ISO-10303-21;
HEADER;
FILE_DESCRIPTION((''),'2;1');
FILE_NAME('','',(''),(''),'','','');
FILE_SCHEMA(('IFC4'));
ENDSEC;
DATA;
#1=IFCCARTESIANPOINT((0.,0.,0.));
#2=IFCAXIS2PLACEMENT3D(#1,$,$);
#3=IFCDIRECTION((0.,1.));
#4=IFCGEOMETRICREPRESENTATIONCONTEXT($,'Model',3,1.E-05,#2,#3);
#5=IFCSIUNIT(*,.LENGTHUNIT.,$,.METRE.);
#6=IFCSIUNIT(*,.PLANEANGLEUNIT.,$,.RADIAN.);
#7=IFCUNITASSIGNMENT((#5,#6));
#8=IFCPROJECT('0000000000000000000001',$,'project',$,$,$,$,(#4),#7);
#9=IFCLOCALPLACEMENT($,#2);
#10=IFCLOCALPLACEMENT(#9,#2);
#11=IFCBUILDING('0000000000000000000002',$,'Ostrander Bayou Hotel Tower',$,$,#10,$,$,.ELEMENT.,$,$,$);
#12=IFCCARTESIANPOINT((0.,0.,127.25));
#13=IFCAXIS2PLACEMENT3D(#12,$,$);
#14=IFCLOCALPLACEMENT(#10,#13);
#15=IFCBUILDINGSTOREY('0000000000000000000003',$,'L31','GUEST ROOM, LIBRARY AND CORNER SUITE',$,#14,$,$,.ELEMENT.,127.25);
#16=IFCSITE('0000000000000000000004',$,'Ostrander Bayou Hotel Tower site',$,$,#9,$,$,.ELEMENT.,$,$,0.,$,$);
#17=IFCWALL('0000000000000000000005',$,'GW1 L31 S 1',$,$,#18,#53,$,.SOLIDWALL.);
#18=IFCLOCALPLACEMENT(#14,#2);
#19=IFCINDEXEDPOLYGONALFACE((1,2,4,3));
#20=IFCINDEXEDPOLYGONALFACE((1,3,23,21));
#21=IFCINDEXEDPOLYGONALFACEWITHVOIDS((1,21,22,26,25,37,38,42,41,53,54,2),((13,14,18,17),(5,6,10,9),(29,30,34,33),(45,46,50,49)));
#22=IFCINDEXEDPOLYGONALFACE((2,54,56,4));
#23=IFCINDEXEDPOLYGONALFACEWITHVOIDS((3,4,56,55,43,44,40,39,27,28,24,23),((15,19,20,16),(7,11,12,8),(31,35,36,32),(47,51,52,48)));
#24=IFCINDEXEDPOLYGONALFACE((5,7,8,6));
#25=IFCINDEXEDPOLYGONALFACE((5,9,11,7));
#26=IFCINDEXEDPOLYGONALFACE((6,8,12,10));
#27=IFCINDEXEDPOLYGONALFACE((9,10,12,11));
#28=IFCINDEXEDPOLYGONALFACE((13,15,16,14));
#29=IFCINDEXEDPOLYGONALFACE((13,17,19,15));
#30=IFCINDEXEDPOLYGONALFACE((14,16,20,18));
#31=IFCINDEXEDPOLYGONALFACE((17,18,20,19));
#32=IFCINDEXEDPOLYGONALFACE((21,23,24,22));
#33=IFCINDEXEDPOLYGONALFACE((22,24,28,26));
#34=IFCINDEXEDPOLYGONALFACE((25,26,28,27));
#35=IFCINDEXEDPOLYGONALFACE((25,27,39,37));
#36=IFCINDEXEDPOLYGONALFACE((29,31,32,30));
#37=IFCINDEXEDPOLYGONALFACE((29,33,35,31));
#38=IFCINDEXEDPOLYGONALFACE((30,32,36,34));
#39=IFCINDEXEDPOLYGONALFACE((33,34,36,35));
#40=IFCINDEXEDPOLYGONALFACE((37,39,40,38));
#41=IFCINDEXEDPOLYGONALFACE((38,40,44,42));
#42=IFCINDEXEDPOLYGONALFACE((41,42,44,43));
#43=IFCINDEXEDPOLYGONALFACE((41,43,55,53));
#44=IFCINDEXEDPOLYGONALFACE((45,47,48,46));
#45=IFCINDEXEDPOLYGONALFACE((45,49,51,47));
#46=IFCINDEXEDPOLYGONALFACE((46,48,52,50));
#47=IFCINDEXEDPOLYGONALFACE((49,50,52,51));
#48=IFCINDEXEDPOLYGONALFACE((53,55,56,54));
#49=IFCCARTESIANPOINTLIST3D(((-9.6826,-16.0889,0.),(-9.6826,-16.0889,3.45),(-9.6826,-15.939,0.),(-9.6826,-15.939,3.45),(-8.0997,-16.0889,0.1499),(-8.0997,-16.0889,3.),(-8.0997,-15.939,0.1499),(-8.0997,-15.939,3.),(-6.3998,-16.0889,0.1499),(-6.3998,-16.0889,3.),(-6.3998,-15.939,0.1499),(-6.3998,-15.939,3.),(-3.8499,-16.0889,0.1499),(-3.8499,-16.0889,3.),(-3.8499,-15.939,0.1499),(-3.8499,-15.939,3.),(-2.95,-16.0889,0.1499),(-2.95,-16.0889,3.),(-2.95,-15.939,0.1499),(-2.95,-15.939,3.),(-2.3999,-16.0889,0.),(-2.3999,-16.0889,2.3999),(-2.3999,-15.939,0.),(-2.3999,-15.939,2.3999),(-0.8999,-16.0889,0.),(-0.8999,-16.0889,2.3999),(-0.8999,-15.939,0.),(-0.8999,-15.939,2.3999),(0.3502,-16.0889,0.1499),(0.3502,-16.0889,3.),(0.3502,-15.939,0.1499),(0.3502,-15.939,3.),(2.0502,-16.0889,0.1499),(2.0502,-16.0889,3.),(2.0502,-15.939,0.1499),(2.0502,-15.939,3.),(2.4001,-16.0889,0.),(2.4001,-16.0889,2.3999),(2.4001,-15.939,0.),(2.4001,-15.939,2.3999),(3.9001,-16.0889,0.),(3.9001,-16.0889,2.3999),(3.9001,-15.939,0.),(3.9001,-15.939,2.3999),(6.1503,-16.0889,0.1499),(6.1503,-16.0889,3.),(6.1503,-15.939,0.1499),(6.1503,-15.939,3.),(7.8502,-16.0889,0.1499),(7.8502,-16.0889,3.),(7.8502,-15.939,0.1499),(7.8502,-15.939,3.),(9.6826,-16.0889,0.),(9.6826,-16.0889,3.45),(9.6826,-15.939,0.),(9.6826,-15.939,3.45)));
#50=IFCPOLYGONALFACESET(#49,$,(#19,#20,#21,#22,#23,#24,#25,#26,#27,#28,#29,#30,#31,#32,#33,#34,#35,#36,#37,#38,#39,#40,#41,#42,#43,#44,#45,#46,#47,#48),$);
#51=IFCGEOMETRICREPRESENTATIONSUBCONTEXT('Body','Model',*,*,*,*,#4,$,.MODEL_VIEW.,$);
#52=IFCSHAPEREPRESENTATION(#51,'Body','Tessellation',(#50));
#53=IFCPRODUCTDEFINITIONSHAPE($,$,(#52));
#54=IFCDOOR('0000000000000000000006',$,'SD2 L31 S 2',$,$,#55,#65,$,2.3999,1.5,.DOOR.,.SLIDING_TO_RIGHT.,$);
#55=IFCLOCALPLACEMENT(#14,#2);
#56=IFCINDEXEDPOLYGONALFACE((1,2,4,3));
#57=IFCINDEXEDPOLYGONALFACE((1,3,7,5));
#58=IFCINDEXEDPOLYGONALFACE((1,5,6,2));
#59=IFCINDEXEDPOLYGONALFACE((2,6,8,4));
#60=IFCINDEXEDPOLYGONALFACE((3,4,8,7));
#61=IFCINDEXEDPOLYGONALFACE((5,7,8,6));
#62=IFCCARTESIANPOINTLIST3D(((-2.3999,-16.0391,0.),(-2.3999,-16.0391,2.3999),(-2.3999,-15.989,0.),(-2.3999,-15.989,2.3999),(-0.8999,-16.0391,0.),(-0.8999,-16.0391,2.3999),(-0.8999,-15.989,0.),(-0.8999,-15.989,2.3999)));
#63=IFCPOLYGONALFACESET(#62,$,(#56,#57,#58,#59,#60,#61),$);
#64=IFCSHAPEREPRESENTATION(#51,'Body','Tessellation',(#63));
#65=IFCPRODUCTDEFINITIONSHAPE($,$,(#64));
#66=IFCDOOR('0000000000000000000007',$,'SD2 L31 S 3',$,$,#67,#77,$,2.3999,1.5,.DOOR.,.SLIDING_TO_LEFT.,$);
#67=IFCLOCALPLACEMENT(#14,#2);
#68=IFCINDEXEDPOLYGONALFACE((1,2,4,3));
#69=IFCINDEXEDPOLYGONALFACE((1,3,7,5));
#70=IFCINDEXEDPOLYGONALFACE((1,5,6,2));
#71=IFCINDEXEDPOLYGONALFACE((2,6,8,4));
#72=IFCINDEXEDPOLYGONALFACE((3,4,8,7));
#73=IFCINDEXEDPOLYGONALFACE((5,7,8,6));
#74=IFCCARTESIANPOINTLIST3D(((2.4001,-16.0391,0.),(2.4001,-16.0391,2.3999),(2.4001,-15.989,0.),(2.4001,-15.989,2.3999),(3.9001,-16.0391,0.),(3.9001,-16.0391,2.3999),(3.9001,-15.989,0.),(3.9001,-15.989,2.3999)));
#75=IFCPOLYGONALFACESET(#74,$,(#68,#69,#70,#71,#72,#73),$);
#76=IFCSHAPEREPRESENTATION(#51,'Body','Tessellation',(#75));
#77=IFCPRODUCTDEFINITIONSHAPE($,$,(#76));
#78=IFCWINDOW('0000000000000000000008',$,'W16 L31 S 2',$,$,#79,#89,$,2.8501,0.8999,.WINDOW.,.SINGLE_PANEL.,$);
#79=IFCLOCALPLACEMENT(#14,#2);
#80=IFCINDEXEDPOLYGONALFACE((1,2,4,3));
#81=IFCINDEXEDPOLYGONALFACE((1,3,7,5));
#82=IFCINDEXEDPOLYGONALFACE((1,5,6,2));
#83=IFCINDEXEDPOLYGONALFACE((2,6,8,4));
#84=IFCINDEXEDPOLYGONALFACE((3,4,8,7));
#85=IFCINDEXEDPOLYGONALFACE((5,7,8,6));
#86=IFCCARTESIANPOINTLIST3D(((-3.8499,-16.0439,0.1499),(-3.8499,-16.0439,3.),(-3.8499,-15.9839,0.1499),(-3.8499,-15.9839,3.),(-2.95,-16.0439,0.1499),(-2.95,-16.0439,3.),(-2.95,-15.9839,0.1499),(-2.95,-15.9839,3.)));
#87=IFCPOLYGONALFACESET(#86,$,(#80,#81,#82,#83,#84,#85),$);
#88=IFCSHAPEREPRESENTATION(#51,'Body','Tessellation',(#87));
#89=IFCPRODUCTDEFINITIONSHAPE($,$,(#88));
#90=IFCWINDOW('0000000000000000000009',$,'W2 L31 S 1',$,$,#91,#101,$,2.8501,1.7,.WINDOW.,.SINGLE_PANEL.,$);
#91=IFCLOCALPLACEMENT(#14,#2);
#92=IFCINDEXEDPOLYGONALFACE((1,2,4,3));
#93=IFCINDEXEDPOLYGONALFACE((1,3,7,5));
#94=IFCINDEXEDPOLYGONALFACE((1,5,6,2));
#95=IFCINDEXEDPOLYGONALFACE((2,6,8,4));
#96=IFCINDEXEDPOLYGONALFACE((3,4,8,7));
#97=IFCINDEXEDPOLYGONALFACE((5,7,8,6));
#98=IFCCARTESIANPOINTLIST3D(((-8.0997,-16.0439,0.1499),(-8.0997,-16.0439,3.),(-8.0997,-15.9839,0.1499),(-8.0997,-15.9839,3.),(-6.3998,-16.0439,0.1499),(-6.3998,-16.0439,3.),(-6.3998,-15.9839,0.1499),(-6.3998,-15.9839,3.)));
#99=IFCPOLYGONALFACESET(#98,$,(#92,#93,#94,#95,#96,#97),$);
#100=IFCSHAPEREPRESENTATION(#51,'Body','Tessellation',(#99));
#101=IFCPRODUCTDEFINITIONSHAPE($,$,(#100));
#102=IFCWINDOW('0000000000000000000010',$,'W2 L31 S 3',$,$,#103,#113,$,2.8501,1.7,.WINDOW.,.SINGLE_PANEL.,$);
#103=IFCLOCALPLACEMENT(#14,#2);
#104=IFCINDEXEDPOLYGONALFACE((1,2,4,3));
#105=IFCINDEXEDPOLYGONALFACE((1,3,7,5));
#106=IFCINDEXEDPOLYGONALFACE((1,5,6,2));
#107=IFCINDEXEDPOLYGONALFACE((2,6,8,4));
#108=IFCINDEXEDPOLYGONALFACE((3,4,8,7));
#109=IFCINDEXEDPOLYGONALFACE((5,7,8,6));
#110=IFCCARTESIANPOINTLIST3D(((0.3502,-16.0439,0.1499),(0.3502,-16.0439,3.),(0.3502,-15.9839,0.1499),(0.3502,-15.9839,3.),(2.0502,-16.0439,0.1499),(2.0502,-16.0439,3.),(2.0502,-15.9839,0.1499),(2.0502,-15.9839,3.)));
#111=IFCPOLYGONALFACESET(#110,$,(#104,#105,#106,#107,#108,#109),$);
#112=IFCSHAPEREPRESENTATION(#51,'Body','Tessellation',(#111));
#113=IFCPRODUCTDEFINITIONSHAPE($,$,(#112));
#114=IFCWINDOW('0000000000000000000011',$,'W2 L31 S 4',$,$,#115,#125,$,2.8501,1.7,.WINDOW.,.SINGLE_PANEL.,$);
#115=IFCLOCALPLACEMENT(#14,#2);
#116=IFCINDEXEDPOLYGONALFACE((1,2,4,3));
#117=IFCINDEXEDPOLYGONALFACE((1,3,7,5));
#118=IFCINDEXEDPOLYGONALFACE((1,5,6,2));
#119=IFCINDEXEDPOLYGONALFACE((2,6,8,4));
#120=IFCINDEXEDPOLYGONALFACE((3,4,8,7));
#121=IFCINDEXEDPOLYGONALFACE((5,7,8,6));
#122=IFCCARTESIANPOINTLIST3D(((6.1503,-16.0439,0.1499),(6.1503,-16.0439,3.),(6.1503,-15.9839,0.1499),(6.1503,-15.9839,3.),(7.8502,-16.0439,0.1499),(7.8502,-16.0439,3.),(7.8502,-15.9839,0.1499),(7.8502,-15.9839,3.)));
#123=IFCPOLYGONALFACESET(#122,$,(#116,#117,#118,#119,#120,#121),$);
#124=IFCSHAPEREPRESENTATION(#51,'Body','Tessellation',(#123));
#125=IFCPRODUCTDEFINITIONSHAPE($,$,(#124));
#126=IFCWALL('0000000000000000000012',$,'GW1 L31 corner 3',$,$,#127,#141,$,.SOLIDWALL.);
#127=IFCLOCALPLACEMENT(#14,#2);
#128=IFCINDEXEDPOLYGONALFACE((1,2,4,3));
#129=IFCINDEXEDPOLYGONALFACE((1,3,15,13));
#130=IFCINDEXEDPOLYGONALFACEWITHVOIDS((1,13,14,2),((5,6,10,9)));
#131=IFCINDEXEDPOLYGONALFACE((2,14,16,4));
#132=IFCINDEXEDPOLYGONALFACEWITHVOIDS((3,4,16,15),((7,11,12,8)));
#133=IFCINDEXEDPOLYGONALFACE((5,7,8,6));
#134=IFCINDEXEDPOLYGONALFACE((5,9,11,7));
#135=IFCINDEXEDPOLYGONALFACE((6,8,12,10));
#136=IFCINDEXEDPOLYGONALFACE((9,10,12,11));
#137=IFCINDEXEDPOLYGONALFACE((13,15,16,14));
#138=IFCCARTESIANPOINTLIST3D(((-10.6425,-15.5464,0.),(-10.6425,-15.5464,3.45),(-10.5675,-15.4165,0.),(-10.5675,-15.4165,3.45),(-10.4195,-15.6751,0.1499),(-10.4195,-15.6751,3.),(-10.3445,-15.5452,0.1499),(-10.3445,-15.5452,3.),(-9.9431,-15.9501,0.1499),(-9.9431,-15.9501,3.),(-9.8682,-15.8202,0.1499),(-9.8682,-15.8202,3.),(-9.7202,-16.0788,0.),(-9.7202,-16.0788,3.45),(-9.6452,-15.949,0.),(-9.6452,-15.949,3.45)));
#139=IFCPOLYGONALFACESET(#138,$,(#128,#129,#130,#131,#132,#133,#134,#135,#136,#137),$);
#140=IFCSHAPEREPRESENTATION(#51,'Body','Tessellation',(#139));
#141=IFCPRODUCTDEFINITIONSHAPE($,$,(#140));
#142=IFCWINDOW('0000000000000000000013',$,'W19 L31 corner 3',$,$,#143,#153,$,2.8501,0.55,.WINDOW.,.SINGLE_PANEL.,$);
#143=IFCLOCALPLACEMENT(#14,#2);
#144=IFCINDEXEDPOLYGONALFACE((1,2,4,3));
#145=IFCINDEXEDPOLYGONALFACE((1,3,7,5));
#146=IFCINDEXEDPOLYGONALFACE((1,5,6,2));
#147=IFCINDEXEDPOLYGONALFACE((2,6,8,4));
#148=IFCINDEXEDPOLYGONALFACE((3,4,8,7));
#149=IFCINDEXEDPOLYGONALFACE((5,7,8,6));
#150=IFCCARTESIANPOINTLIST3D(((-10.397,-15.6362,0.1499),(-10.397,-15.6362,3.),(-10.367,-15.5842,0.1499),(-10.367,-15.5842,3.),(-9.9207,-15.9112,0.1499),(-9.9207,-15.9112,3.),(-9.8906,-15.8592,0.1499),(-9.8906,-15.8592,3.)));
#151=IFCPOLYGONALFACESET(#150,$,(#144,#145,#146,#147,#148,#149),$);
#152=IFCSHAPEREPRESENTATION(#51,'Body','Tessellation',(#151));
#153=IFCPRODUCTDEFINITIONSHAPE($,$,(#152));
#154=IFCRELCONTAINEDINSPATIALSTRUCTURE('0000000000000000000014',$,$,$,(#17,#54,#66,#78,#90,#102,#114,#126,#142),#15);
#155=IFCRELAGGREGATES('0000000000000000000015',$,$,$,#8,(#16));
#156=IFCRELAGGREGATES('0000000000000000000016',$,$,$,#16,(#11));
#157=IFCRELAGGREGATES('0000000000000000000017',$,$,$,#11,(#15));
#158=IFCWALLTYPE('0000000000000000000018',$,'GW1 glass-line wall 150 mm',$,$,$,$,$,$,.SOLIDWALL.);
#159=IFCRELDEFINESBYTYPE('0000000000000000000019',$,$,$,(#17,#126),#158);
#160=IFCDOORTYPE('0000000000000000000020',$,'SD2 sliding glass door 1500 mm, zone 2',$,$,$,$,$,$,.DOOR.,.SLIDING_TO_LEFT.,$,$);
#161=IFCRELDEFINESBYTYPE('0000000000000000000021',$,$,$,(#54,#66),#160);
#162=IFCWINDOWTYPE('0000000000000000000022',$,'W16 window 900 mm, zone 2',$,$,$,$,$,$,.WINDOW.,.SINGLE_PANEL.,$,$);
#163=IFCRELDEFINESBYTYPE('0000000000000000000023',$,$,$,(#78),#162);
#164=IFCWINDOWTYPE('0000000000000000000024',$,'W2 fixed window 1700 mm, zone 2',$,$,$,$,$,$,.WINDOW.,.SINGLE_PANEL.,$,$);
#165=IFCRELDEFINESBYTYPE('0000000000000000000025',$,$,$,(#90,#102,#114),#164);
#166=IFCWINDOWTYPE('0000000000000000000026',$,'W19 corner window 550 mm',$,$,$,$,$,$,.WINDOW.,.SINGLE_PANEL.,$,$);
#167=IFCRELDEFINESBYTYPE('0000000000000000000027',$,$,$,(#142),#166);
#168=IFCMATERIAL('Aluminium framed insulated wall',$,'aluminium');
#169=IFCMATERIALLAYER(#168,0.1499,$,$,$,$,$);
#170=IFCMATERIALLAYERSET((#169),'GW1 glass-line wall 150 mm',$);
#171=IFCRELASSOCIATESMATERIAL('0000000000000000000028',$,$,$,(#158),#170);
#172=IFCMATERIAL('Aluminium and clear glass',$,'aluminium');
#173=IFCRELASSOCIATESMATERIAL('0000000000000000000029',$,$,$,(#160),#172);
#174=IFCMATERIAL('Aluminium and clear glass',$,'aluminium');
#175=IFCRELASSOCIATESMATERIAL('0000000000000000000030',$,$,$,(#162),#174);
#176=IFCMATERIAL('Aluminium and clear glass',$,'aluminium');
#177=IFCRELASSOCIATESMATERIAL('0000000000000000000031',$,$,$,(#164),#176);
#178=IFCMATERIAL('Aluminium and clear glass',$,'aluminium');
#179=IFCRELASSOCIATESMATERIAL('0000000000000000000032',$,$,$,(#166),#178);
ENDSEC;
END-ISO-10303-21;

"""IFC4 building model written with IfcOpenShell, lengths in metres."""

from ifc_helpers import new_model, si_unit, direction, frame, frame_2d, origin, place, context, subcontext, project, spatial, rectangle, extrude, material, layer, layer_set, type_object, element, fill, save


model = new_model("IFC4")

# Units and contexts
model_context = context("Model", 3, precision=1e-05, world=origin(), true_north=direction((0.0, 1.0)))
body_context = subcontext(model_context, "Body", "Model", "MODEL_VIEW")
ifc_project = project(units=[si_unit("LENGTHUNIT", "METRE"), si_unit("PLANEANGLEUNIT", "RADIAN")], contexts=[model_context])

# Site, building, storey
site_placement = place(None, origin())
site = spatial("IfcSite", under=ifc_project, at=site_placement, Name="Ostrander Bayou Hotel Tower site", CompositionType="ELEMENT", RefElevation=0.0)
building_placement = place(site_placement, origin())
building = spatial("IfcBuilding", under=site, at=building_placement, Name="Ostrander Bayou Hotel Tower", CompositionType="ELEMENT")
storey_placement = place(building_placement, frame((0.0, 0.0, 127.25)))
storey = spatial("IfcBuildingStorey", under=building, at=storey_placement, Name="L31", Description="GUEST ROOM, LIBRARY AND CORNER SUITE", CompositionType="ELEMENT", Elevation=127.25)

# Wall, openings, doors, windows
ifc_material_1 = material(Name="Aluminium framed insulated wall", Category="aluminium")
ifc_layer_1 = layer(ifc_material_1, 0.1499)
ifc_layer_set_1 = layer_set([ifc_layer_1], Name="GW1 glass-line wall 150 mm")
wall_type_1 = type_object("IfcWallType", Name="GW1 glass-line wall 150 mm", PredefinedType="SOLIDWALL", material=ifc_layer_set_1)
wall_1_placement = place(storey_placement, frame((-9.6826, -16.0139, 0.0), z_axis=(0.0, 0.0, 1.0), x_axis=(1.0, 0.0, 0.0)))
wall_1 = element("IfcWall", 1, at=wall_1_placement, inside=storey, type_object=wall_type_1, Name="GW1 L31 S 1", PredefinedType="SOLIDWALL", context=body_context, shape_type="SweptSolid", body=[
    extrude(rectangle(XDim=19.3652, YDim=0.1499, at=frame_2d((9.6826, 0.0))), origin(), (0.0, 0.0, 1.0), 3.45),
])
opening_1_placement = place(wall_1_placement, frame((1.5828, 0.0, 0.1499)))
opening_1 = element("IfcOpeningElement", 2, at=opening_1_placement, cuts=wall_1, PredefinedType="OPENING", context=body_context, shape_type="SweptSolid", body=[
    extrude(rectangle(XDim=1.7, YDim=2.8501, at=frame_2d((0.8501, 1.425))), frame((0.0, 0.075, 0.0), z_axis=(0.0, -1.0, 0.0), x_axis=(1.0, 0.0, 0.0)), (0.0, 0.0, 1.0), 0.1499),
])
opening_2_placement = place(wall_1_placement, frame((5.8328, 0.0, 0.1499)))
opening_2 = element("IfcOpeningElement", 3, at=opening_2_placement, cuts=wall_1, PredefinedType="OPENING", context=body_context, shape_type="SweptSolid", body=[
    extrude(rectangle(XDim=0.8999, YDim=2.8501, at=frame_2d((0.45, 1.425))), frame((0.0, 0.075, 0.0), z_axis=(0.0, -1.0, 0.0), x_axis=(1.0, 0.0, 0.0)), (0.0, 0.0, 1.0), 0.1499),
])
opening_3_placement = place(wall_1_placement, frame((7.2827, 0.0, 0.0)))
opening_3 = element("IfcOpeningElement", 4, at=opening_3_placement, cuts=wall_1, PredefinedType="OPENING", context=body_context, shape_type="SweptSolid", body=[
    extrude(rectangle(XDim=1.5, YDim=2.3999, at=frame_2d((0.75, 1.2))), frame((0.0, 0.075, 0.0), z_axis=(0.0, -1.0, 0.0), x_axis=(1.0, 0.0, 0.0)), (0.0, 0.0, 1.0), 0.1499),
])
opening_4_placement = place(wall_1_placement, frame((10.0327, 0.0, 0.1499)))
opening_4 = element("IfcOpeningElement", 5, at=opening_4_placement, cuts=wall_1, PredefinedType="OPENING", context=body_context, shape_type="SweptSolid", body=[
    extrude(rectangle(XDim=1.7, YDim=2.8501, at=frame_2d((0.8501, 1.425))), frame((0.0, 0.075, 0.0), z_axis=(0.0, -1.0, 0.0), x_axis=(1.0, 0.0, 0.0)), (0.0, 0.0, 1.0), 0.1499),
])
opening_5_placement = place(wall_1_placement, frame((12.0828, 0.0, 0.0)))
opening_5 = element("IfcOpeningElement", 6, at=opening_5_placement, cuts=wall_1, PredefinedType="OPENING", context=body_context, shape_type="SweptSolid", body=[
    extrude(rectangle(XDim=1.5, YDim=2.3999, at=frame_2d((0.75, 1.2))), frame((0.0, 0.075, 0.0), z_axis=(0.0, -1.0, 0.0), x_axis=(1.0, 0.0, 0.0)), (0.0, 0.0, 1.0), 0.1499),
])
opening_6_placement = place(wall_1_placement, frame((15.8328, 0.0, 0.1499)))
opening_6 = element("IfcOpeningElement", 7, at=opening_6_placement, cuts=wall_1, PredefinedType="OPENING", context=body_context, shape_type="SweptSolid", body=[
    extrude(rectangle(XDim=1.7, YDim=2.8501, at=frame_2d((0.8501, 1.425))), frame((0.0, 0.075, 0.0), z_axis=(0.0, -1.0, 0.0), x_axis=(1.0, 0.0, 0.0)), (0.0, 0.0, 1.0), 0.1499),
])
ifc_material_2 = material(Name="Aluminium and clear glass", Category="aluminium")
door_type_1 = type_object("IfcDoorType", Name="SD2 sliding glass door 1500 mm, zone 2", OperationType="SLIDING_TO_LEFT", PredefinedType="DOOR", material=ifc_material_2)
door_1_placement = place(opening_3_placement, origin())
door_1 = element("IfcDoor", 8, at=door_1_placement, inside=storey, type_object=door_type_1, Name="SD2 L31 S 2", OperationType="SLIDING_TO_RIGHT", OverallHeight=2.3999, OverallWidth=1.5, PredefinedType="DOOR", context=body_context, shape_type="SweptSolid", body=[
    extrude(rectangle(XDim=1.5, YDim=2.3999, at=frame_2d((0.75, 1.2))), frame((0.0, 0.0249, 0.0), z_axis=(0.0, -1.0, 0.0), x_axis=(1.0, 0.0, 0.0)), (0.0, 0.0, 1.0), 0.05),
])
fill(opening_3, door_1)
door_2_placement = place(opening_5_placement, origin())
door_2 = element("IfcDoor", 9, at=door_2_placement, inside=storey, type_object=door_type_1, Name="SD2 L31 S 3", OperationType="SLIDING_TO_LEFT", OverallHeight=2.3999, OverallWidth=1.5, PredefinedType="DOOR", context=body_context, shape_type="SweptSolid", body=[
    extrude(rectangle(XDim=1.5, YDim=2.3999, at=frame_2d((0.75, 1.2))), frame((0.0, 0.0249, 0.0), z_axis=(0.0, -1.0, 0.0), x_axis=(1.0, 0.0, 0.0)), (0.0, 0.0, 1.0), 0.05),
])
fill(opening_5, door_2)
ifc_material_3 = material(Name="Aluminium and clear glass", Category="aluminium")
window_type_1 = type_object("IfcWindowType", Name="W16 window 900 mm, zone 2", PartitioningType="SINGLE_PANEL", PredefinedType="WINDOW", material=ifc_material_3)
window_1_placement = place(opening_2_placement, origin())
window_1 = element("IfcWindow", 10, at=window_1_placement, inside=storey, type_object=window_type_1, Name="W16 L31 S 2", OverallHeight=2.8501, OverallWidth=0.8999, PartitioningType="SINGLE_PANEL", PredefinedType="WINDOW", context=body_context, shape_type="SweptSolid", body=[
    extrude(rectangle(XDim=0.8999, YDim=2.8501, at=frame_2d((0.45, 1.425))), frame((0.0, 0.03, 0.0), z_axis=(0.0, -1.0, 0.0), x_axis=(1.0, 0.0, 0.0)), (0.0, 0.0, 1.0), 0.0601),
])
fill(opening_2, window_1)
ifc_material_4 = material(Name="Aluminium and clear glass", Category="aluminium")
window_type_2 = type_object("IfcWindowType", Name="W2 fixed window 1700 mm, zone 2", PartitioningType="SINGLE_PANEL", PredefinedType="WINDOW", material=ifc_material_4)
window_2_placement = place(opening_1_placement, origin())
window_2 = element("IfcWindow", 11, at=window_2_placement, inside=storey, type_object=window_type_2, Name="W2 L31 S 1", OverallHeight=2.8501, OverallWidth=1.7, PartitioningType="SINGLE_PANEL", PredefinedType="WINDOW", context=body_context, shape_type="SweptSolid", body=[
    extrude(rectangle(XDim=1.7, YDim=2.8501, at=frame_2d((0.8501, 1.425))), frame((0.0, 0.03, 0.0), z_axis=(0.0, -1.0, 0.0), x_axis=(1.0, 0.0, 0.0)), (0.0, 0.0, 1.0), 0.0601),
])
fill(opening_1, window_2)
window_3_placement = place(opening_4_placement, origin())
window_3 = element("IfcWindow", 12, at=window_3_placement, inside=storey, type_object=window_type_2, Name="W2 L31 S 3", OverallHeight=2.8501, OverallWidth=1.7, PartitioningType="SINGLE_PANEL", PredefinedType="WINDOW", context=body_context, shape_type="SweptSolid", body=[
    extrude(rectangle(XDim=1.7, YDim=2.8501, at=frame_2d((0.8501, 1.425))), frame((0.0, 0.03, 0.0), z_axis=(0.0, -1.0, 0.0), x_axis=(1.0, 0.0, 0.0)), (0.0, 0.0, 1.0), 0.0601),
])
fill(opening_4, window_3)
window_4_placement = place(opening_6_placement, origin())
window_4 = element("IfcWindow", 13, at=window_4_placement, inside=storey, type_object=window_type_2, Name="W2 L31 S 4", OverallHeight=2.8501, OverallWidth=1.7, PartitioningType="SINGLE_PANEL", PredefinedType="WINDOW", context=body_context, shape_type="SweptSolid", body=[
    extrude(rectangle(XDim=1.7, YDim=2.8501, at=frame_2d((0.8501, 1.425))), frame((0.0, 0.03, 0.0), z_axis=(0.0, -1.0, 0.0), x_axis=(1.0, 0.0, 0.0)), (0.0, 0.0, 1.0), 0.0601),
])
fill(opening_6, window_4)

# Wall, opening, window
wall_2_placement = place(storey_placement, frame((-10.605, -15.4814, 0.0), z_axis=(0.0, 0.0, 1.0), x_axis=(0.866048, -0.499961, 0.0)))
wall_2 = element("IfcWall", 14, at=wall_2_placement, inside=storey, type_object=wall_type_1, Name="GW1 L31 corner 3", PredefinedType="SOLIDWALL", context=body_context, shape_type="SweptSolid", body=[
    extrude(rectangle(XDim=1.0649, YDim=0.1499, at=frame_2d((0.5325, 0.0))), origin(), (0.0, 0.0, 1.0), 3.45),
])
opening_7_placement = place(wall_2_placement, frame((0.2576, 0.0, 0.1499)))
opening_7 = element("IfcOpeningElement", 15, at=opening_7_placement, cuts=wall_2, PredefinedType="OPENING", context=body_context, shape_type="SweptSolid", body=[
    extrude(rectangle(XDim=0.55, YDim=2.8501, at=frame_2d((0.2749, 1.425))), frame((0.0, 0.075, 0.0), z_axis=(0.0, -1.0, 0.0), x_axis=(1.0, 0.0, 0.0)), (0.0, 0.0, 1.0), 0.1499),
])
ifc_material_5 = material(Name="Aluminium and clear glass", Category="aluminium")
window_type_3 = type_object("IfcWindowType", Name="W19 corner window 550 mm", PartitioningType="SINGLE_PANEL", PredefinedType="WINDOW", material=ifc_material_5)
window_5_placement = place(opening_7_placement, origin())
window_5 = element("IfcWindow", 16, at=window_5_placement, inside=storey, type_object=window_type_3, Name="W19 L31 corner 3", OverallHeight=2.8501, OverallWidth=0.55, PartitioningType="SINGLE_PANEL", PredefinedType="WINDOW", context=body_context, shape_type="SweptSolid", body=[
    extrude(rectangle(XDim=0.55, YDim=2.8501, at=frame_2d((0.2749, 1.425))), frame((0.0, 0.03, 0.0), z_axis=(0.0, -1.0, 0.0), x_axis=(1.0, 0.0, 0.0)), (0.0, 0.0, 1.0), 0.0601),
])
fill(opening_7, window_5)

save(model, "model.ifc")
